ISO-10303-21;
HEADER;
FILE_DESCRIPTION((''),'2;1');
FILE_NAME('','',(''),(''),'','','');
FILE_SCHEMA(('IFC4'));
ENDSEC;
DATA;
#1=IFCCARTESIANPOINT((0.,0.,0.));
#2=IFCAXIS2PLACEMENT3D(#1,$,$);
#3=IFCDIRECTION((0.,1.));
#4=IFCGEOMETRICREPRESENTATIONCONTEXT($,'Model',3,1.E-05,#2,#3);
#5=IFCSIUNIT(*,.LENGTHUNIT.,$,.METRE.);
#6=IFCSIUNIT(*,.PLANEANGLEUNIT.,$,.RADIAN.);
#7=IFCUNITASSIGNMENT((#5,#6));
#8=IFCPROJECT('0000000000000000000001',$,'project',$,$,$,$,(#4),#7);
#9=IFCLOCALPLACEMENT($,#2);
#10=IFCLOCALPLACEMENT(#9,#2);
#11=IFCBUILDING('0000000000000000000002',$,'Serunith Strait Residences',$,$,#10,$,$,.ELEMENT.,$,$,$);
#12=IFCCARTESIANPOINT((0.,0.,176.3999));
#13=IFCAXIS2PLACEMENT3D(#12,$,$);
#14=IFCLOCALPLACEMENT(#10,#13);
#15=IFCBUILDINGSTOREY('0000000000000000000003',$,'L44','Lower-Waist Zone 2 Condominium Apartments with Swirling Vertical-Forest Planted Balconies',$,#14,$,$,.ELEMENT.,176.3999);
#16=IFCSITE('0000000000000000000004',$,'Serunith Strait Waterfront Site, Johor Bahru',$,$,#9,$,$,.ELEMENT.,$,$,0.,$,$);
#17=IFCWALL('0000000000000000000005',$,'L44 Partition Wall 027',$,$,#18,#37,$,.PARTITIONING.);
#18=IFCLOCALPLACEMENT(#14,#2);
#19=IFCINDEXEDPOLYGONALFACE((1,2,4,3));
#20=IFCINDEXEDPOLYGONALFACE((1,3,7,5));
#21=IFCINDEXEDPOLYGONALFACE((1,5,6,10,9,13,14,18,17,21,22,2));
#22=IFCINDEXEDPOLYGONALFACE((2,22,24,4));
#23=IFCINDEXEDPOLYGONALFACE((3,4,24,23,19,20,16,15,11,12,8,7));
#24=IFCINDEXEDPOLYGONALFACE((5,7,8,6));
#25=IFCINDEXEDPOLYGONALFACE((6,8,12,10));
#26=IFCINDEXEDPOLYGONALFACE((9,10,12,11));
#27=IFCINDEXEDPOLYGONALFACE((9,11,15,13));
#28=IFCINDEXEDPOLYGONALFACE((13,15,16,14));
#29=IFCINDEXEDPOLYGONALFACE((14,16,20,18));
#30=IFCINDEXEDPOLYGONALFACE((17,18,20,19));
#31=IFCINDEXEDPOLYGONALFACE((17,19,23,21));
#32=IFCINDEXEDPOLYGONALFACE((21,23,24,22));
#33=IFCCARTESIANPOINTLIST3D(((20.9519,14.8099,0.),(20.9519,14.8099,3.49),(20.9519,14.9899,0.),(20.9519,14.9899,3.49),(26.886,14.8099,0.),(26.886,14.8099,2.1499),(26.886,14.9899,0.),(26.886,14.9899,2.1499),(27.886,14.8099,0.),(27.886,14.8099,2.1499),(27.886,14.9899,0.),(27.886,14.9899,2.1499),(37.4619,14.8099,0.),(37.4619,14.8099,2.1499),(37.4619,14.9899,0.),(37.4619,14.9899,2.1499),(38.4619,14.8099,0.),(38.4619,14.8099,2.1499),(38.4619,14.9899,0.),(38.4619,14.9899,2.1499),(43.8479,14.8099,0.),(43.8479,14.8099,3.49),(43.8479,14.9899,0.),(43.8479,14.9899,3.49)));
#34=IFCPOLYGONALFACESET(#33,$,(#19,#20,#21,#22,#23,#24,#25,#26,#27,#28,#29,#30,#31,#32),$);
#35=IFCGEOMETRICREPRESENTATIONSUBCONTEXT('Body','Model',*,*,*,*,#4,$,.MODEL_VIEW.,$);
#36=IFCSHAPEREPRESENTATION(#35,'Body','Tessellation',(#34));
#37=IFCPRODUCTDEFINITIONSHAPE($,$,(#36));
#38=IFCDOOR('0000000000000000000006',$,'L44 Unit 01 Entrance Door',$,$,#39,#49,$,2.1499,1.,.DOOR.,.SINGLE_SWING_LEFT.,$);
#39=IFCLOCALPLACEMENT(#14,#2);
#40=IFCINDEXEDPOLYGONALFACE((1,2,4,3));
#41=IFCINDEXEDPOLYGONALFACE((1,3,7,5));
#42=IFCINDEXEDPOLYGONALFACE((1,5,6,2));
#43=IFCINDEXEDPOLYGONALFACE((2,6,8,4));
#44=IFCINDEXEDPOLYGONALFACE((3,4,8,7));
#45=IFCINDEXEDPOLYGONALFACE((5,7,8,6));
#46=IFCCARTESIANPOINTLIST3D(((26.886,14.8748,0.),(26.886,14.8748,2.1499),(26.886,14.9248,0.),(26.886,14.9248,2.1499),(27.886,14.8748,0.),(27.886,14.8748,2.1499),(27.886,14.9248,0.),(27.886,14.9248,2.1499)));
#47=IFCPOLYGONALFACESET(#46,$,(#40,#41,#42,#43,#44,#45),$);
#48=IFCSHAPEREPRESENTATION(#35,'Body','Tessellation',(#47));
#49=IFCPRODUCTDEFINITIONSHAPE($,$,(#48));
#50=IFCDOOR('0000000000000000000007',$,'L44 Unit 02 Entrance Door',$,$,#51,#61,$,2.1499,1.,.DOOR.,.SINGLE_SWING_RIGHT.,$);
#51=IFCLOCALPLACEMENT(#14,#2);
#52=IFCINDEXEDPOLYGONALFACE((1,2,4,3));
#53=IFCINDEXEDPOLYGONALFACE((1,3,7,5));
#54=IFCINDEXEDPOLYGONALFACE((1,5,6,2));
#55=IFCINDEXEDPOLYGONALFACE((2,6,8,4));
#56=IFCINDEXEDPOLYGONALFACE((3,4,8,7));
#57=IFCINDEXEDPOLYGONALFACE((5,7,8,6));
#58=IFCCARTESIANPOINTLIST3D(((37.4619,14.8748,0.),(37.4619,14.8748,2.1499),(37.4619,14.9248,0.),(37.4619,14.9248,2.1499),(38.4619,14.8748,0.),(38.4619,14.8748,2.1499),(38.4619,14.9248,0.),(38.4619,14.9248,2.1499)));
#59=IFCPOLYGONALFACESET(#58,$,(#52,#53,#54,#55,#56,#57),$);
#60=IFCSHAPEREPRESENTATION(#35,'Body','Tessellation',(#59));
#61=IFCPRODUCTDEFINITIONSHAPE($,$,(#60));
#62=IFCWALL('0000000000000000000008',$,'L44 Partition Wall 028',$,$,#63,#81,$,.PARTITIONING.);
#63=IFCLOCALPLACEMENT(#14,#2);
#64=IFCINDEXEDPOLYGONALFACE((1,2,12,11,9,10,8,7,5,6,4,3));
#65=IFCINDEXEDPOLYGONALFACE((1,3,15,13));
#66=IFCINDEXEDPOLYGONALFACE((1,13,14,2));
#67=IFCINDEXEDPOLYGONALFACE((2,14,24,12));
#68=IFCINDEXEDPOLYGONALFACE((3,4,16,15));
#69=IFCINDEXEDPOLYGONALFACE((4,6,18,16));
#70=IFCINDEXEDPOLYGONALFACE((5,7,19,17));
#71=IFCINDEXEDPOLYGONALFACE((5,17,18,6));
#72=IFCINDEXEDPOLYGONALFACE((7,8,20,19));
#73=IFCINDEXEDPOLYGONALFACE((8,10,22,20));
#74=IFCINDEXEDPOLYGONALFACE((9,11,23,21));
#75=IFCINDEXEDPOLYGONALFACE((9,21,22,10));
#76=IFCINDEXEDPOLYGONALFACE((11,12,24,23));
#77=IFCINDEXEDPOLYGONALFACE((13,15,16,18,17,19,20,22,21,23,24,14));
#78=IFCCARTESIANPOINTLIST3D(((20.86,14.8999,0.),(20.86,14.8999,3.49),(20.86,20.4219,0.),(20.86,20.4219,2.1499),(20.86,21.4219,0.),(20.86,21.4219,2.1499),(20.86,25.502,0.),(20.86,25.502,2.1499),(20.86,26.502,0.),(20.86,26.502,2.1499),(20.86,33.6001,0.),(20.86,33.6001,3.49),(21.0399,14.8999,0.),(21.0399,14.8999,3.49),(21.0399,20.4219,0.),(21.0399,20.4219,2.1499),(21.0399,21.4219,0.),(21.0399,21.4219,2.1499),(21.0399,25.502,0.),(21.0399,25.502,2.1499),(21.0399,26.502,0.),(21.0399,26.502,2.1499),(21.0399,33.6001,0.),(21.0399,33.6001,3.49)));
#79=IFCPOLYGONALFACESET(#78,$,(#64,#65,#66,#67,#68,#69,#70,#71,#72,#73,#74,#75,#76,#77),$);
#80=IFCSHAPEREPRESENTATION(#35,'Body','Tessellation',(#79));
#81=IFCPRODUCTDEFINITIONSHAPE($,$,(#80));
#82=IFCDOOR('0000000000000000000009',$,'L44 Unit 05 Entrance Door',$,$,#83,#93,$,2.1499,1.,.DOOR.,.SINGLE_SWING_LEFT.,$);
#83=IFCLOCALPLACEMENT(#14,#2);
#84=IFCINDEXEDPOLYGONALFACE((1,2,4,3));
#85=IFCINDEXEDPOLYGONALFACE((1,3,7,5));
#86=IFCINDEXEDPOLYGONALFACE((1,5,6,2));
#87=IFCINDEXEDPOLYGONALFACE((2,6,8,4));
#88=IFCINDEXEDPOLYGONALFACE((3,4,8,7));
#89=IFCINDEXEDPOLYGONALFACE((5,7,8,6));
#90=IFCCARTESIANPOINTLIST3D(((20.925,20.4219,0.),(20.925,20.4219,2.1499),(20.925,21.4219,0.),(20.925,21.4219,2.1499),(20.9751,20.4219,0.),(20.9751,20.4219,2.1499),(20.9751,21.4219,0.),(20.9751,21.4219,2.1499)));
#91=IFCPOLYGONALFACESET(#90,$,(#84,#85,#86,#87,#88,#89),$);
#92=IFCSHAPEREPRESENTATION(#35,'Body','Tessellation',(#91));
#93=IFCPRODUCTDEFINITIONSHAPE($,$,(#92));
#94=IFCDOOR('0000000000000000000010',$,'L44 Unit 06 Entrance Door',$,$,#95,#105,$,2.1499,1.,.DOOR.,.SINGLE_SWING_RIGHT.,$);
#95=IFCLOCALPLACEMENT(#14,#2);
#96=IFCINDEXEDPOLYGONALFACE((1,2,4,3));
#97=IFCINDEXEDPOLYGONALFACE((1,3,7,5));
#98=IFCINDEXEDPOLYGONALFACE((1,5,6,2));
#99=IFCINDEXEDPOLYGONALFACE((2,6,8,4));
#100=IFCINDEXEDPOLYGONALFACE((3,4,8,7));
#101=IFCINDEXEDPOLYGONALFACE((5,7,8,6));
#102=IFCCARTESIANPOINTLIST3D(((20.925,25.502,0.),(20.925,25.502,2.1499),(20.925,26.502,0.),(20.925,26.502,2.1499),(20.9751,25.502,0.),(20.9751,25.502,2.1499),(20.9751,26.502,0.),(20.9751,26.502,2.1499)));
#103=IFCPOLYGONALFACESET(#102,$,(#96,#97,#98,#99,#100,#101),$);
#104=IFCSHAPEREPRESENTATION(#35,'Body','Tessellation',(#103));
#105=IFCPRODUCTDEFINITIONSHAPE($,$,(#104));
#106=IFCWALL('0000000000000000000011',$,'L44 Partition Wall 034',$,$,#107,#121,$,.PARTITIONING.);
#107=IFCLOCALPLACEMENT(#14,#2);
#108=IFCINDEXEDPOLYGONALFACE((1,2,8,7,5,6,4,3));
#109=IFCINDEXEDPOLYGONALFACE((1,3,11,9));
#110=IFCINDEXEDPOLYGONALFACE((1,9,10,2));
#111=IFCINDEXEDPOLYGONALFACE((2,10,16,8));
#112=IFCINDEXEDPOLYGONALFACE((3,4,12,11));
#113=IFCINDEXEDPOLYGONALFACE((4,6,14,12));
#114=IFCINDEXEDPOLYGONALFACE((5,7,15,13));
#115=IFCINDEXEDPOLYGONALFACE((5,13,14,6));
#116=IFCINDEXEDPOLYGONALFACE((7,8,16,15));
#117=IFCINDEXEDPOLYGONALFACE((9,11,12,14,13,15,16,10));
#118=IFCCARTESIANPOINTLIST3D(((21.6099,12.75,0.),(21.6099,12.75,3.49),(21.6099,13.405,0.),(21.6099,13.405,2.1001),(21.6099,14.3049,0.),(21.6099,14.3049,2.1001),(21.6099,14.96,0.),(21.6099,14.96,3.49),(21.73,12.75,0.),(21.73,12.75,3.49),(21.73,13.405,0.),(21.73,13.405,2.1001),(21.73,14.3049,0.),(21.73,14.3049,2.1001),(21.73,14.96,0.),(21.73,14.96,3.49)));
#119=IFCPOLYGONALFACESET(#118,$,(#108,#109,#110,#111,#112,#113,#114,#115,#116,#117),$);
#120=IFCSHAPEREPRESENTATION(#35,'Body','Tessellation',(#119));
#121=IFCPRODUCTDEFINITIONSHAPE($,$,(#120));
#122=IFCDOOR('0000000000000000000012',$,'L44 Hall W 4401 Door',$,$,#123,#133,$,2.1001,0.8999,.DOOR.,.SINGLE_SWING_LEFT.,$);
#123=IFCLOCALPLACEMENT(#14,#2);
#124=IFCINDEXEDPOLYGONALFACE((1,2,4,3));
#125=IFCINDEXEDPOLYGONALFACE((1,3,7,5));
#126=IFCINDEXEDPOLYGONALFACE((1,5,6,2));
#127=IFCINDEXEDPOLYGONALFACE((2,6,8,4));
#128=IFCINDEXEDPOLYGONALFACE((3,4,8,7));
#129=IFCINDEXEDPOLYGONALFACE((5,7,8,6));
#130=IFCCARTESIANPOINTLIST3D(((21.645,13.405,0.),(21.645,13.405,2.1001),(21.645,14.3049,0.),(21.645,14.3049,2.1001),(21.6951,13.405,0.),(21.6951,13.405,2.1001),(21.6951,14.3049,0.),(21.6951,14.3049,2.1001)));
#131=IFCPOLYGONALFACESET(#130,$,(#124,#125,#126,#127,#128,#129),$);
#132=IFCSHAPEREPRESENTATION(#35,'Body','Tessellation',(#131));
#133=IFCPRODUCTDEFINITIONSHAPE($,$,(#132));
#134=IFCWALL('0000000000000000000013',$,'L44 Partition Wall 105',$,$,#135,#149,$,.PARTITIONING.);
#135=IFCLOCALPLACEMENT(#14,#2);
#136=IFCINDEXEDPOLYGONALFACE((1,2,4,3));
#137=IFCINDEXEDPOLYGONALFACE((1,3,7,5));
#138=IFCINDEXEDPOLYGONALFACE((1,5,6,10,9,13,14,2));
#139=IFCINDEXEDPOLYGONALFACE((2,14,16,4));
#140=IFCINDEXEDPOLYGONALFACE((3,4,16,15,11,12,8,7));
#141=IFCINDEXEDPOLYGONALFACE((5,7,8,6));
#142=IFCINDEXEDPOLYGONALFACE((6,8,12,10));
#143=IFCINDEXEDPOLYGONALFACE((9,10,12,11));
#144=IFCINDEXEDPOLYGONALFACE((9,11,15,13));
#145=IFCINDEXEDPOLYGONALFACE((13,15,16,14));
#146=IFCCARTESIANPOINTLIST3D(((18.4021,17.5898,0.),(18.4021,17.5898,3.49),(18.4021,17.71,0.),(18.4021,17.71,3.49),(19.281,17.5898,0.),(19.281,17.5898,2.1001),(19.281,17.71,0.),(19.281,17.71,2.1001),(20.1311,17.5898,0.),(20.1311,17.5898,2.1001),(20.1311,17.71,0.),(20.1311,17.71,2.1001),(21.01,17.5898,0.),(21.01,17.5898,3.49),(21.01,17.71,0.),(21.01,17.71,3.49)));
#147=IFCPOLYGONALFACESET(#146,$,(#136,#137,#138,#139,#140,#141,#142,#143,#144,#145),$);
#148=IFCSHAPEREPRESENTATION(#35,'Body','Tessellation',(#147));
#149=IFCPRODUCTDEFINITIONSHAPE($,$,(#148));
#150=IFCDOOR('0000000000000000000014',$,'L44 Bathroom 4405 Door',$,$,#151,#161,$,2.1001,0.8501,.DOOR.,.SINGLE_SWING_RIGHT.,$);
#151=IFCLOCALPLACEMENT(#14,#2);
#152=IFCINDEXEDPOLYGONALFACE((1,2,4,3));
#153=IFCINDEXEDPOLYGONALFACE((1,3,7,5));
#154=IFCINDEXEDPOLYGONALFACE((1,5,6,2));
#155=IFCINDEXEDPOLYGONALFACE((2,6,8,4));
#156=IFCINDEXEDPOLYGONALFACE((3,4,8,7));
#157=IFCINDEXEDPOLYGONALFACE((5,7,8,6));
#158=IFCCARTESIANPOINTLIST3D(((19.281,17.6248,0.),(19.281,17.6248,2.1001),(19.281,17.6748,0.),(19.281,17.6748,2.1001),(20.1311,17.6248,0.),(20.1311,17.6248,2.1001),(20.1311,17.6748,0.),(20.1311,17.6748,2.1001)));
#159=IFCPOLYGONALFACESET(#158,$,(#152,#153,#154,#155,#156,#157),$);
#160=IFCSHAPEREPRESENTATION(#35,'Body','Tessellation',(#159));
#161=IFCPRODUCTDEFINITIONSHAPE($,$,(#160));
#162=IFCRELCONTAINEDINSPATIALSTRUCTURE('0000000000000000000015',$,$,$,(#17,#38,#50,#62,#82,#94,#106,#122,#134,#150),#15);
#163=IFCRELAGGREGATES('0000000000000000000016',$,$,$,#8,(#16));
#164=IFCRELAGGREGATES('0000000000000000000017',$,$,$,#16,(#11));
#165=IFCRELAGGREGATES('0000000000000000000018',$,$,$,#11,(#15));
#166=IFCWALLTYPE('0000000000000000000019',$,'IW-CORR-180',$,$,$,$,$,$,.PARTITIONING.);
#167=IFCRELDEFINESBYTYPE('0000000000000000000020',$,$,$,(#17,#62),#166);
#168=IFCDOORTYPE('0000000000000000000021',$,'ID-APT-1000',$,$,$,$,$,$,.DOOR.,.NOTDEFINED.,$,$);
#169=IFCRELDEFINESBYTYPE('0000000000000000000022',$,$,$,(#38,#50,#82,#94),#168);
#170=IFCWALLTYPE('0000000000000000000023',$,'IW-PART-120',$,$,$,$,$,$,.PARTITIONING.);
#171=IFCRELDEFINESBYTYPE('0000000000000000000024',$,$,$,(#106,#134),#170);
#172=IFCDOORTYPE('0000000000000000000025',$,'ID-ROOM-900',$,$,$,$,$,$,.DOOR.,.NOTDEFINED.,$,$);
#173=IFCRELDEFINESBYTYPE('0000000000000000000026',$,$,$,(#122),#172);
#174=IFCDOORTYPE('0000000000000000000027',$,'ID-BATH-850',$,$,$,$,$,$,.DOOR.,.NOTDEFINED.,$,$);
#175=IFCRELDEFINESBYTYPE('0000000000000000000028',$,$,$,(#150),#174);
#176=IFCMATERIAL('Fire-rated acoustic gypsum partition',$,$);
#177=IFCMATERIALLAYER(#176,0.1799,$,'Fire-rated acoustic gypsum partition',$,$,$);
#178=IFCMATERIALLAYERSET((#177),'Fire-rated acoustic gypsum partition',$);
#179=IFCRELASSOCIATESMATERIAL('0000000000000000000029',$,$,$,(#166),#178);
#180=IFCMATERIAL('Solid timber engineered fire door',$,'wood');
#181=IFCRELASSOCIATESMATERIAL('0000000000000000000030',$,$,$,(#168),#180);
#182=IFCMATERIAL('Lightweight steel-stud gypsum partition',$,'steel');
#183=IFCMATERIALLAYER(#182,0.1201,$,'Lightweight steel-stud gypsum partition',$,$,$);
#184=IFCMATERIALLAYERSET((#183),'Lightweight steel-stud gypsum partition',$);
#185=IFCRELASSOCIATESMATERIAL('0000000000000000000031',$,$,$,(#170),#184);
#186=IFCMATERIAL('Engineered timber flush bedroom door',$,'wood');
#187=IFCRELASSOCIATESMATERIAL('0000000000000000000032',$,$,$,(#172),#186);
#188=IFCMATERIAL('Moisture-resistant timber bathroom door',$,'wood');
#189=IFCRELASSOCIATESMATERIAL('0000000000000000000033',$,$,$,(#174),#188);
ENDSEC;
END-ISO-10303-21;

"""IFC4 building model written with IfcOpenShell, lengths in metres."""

from ifc_helpers import new_model, si_unit, direction, frame, frame_2d, origin, place, context, subcontext, project, spatial, rectangle, extrude, source, transform, mapped, material, layer, layer_set, type_object, element, fill, save


model = new_model("IFC4")

# Units and contexts
model_context = context("Model", 3, precision=1e-05, world=origin(), true_north=direction((0.0, 1.0)))
body_context = subcontext(model_context, "Body", "Model", "MODEL_VIEW")
ifc_project = project(units=[si_unit("LENGTHUNIT", "METRE"), si_unit("PLANEANGLEUNIT", "RADIAN")], contexts=[model_context])

# Site, building, storey
site_placement = place(None, origin())
site = spatial("IfcSite", under=ifc_project, at=site_placement, Name="Serunith Strait Waterfront Site, Johor Bahru", CompositionType="ELEMENT", RefElevation=0.0)
building_placement = place(site_placement, origin())
building = spatial("IfcBuilding", under=site, at=building_placement, Name="Serunith Strait Residences", CompositionType="ELEMENT")
storey_placement = place(building_placement, frame((0.0, 0.0, 176.3999)))
storey = spatial("IfcBuildingStorey", under=building, at=storey_placement, Name="L44", Description="Lower-Waist Zone 2 Condominium Apartments with Swirling Vertical-Forest Planted Balconies", CompositionType="ELEMENT", Elevation=176.3999)

# Walls, openings, doors
ifc_material_1 = material(Name="Fire-rated acoustic gypsum partition")
ifc_layer_1 = layer(ifc_material_1, 0.1799, Name="Fire-rated acoustic gypsum partition")
ifc_layer_set_1 = layer_set([ifc_layer_1], Name="Fire-rated acoustic gypsum partition")
wall_type_1 = type_object("IfcWallType", Name="IW-CORR-180", PredefinedType="PARTITIONING", material=ifc_layer_set_1)
wall_1_placement = place(storey_placement, frame((20.9519, 14.8999, 0.0), z_axis=(0.0, 0.0, 1.0), x_axis=(1.0, 0.0, 0.0)))
wall_1 = element("IfcWall", 1, at=wall_1_placement, inside=storey, type_object=wall_type_1, Name="L44 Partition Wall 027", PredefinedType="PARTITIONING", context=body_context, shape_type="SweptSolid", body=[
    extrude(rectangle(XDim=22.896, YDim=0.1799, at=frame_2d((11.448, 0.0))), origin(), (0.0, 0.0, 1.0), 3.49),
])
opening_1_placement = place(wall_1_placement, frame((5.9341, 0.0, 0.0)))
opening_1 = element("IfcOpeningElement", 2, at=opening_1_placement, cuts=wall_1, PredefinedType="OPENING", context=body_context, shape_type="SweptSolid", body=[
    extrude(rectangle(XDim=1.0, YDim=2.1499, at=frame_2d((0.5, 1.075))), frame((0.0, 0.1001, 0.0), z_axis=(0.0, -1.0, 0.0), x_axis=(1.0, 0.0, 0.0)), (0.0, 0.0, 1.0), 0.2),
])
opening_2_placement = place(wall_1_placement, frame((16.51, 0.0, 0.0)))
opening_2 = element("IfcOpeningElement", 3, at=opening_2_placement, cuts=wall_1, PredefinedType="OPENING", context=body_context, shape_type="SweptSolid", body=[
    extrude(rectangle(XDim=1.0, YDim=2.1499, at=frame_2d((0.5, 1.075))), frame((0.0, 0.1001, 0.0), z_axis=(0.0, -1.0, 0.0), x_axis=(1.0, 0.0, 0.0)), (0.0, 0.0, 1.0), 0.2),
])
ifc_material_2 = material(Name="Solid timber engineered fire door", Category="wood")
door_type_1 = type_object("IfcDoorType", Name="ID-APT-1000", OperationType="NOTDEFINED", PredefinedType="DOOR", material=ifc_material_2)
shared_shape_1 = source(origin(), body_context, "Body", "SweptSolid", [
    extrude(rectangle(XDim=1.0, YDim=2.1499, at=frame_2d((0.5, 1.075))), frame((0.0, 0.0249, 0.0), z_axis=(0.0, -1.0, 0.0), x_axis=(1.0, 0.0, 0.0)), (0.0, 0.0, 1.0), 0.05),
])
door_1_placement = place(opening_1_placement, origin())
door_1 = element("IfcDoor", 4, at=door_1_placement, inside=storey, type_object=door_type_1, Name="L44 Unit 01 Entrance Door", OperationType="SINGLE_SWING_LEFT", OverallHeight=2.1499, OverallWidth=1.0, PredefinedType="DOOR", context=body_context, shape_type="MappedRepresentation", body=[
    mapped(shared_shape_1, transform((0.0, 0.0, 0.0), scale=1.0)),
])
fill(opening_1, door_1)
door_2_placement = place(opening_2_placement, origin())
door_2 = element("IfcDoor", 5, at=door_2_placement, inside=storey, type_object=door_type_1, Name="L44 Unit 02 Entrance Door", OperationType="SINGLE_SWING_RIGHT", OverallHeight=2.1499, OverallWidth=1.0, PredefinedType="DOOR", context=body_context, shape_type="MappedRepresentation", body=[
    mapped(shared_shape_1, transform((0.0, 0.0, 0.0), scale=1.0)),
])
fill(opening_2, door_2)
wall_2_placement = place(storey_placement, frame((20.95, 14.8999, 0.0), z_axis=(0.0, 0.0, 1.0), x_axis=(0.0, 1.0, 0.0)))
wall_2 = element("IfcWall", 6, at=wall_2_placement, inside=storey, type_object=wall_type_1, Name="L44 Partition Wall 028", PredefinedType="PARTITIONING", context=body_context, shape_type="SweptSolid", body=[
    extrude(rectangle(XDim=18.7002, YDim=0.1799, at=frame_2d((9.3501, 0.0))), origin(), (0.0, 0.0, 1.0), 3.49),
])
opening_3_placement = place(wall_2_placement, frame((5.522, 0.0, 0.0)))
opening_3 = element("IfcOpeningElement", 7, at=opening_3_placement, cuts=wall_2, PredefinedType="OPENING", context=body_context, shape_type="SweptSolid", body=[
    extrude(rectangle(XDim=1.0, YDim=2.1499, at=frame_2d((0.5, 1.075))), frame((0.0, 0.1001, 0.0), z_axis=(0.0, -1.0, 0.0), x_axis=(1.0, 0.0, 0.0)), (0.0, 0.0, 1.0), 0.2),
])
opening_4_placement = place(wall_2_placement, frame((10.6021, 0.0, 0.0)))
opening_4 = element("IfcOpeningElement", 8, at=opening_4_placement, cuts=wall_2, PredefinedType="OPENING", context=body_context, shape_type="SweptSolid", body=[
    extrude(rectangle(XDim=1.0, YDim=2.1499, at=frame_2d((0.5, 1.075))), frame((0.0, 0.1001, 0.0), z_axis=(0.0, -1.0, 0.0), x_axis=(1.0, 0.0, 0.0)), (0.0, 0.0, 1.0), 0.2),
])
door_3_placement = place(opening_3_placement, origin())
door_3 = element("IfcDoor", 9, at=door_3_placement, inside=storey, type_object=door_type_1, Name="L44 Unit 05 Entrance Door", OperationType="SINGLE_SWING_LEFT", OverallHeight=2.1499, OverallWidth=1.0, PredefinedType="DOOR", context=body_context, shape_type="MappedRepresentation", body=[
    mapped(shared_shape_1, transform((0.0, 0.0, 0.0), scale=1.0)),
])
fill(opening_3, door_3)
door_4_placement = place(opening_4_placement, origin())
door_4 = element("IfcDoor", 10, at=door_4_placement, inside=storey, type_object=door_type_1, Name="L44 Unit 06 Entrance Door", OperationType="SINGLE_SWING_RIGHT", OverallHeight=2.1499, OverallWidth=1.0, PredefinedType="DOOR", context=body_context, shape_type="MappedRepresentation", body=[
    mapped(shared_shape_1, transform((0.0, 0.0, 0.0), scale=1.0)),
])
fill(opening_4, door_4)

# Walls, openings, doors
ifc_material_3 = material(Name="Lightweight steel-stud gypsum partition", Category="steel")
ifc_layer_2 = layer(ifc_material_3, 0.1201, Name="Lightweight steel-stud gypsum partition")
ifc_layer_set_2 = layer_set([ifc_layer_2], Name="Lightweight steel-stud gypsum partition")
wall_type_2 = type_object("IfcWallType", Name="IW-PART-120", PredefinedType="PARTITIONING", material=ifc_layer_set_2)
wall_3_placement = place(storey_placement, frame((21.6699, 12.75, 0.0), z_axis=(0.0, 0.0, 1.0), x_axis=(0.0, 1.0, 0.0)))
wall_3 = element("IfcWall", 11, at=wall_3_placement, inside=storey, type_object=wall_type_2, Name="L44 Partition Wall 034", PredefinedType="PARTITIONING", context=body_context, shape_type="SweptSolid", body=[
    extrude(rectangle(XDim=2.21, YDim=0.1201, at=frame_2d((1.105, 0.0))), origin(), (0.0, 0.0, 1.0), 3.49),
])
opening_5_placement = place(wall_3_placement, frame((0.655, 0.0, 0.0)))
opening_5 = element("IfcOpeningElement", 12, at=opening_5_placement, cuts=wall_3, PredefinedType="OPENING", context=body_context, shape_type="SweptSolid", body=[
    extrude(rectangle(XDim=0.8999, YDim=2.1001, at=frame_2d((0.45, 1.05))), frame((0.0, 0.0701, 0.0), z_axis=(0.0, -1.0, 0.0), x_axis=(1.0, 0.0, 0.0)), (0.0, 0.0, 1.0), 0.1401),
])
ifc_material_4 = material(Name="Engineered timber flush bedroom door", Category="wood")
door_type_2 = type_object("IfcDoorType", Name="ID-ROOM-900", OperationType="NOTDEFINED", PredefinedType="DOOR", material=ifc_material_4)
shared_shape_2 = source(origin(), body_context, "Body", "SweptSolid", [
    extrude(rectangle(XDim=0.8999, YDim=2.1001, at=frame_2d((0.45, 1.05))), frame((0.0, 0.0249, 0.0), z_axis=(0.0, -1.0, 0.0), x_axis=(1.0, 0.0, 0.0)), (0.0, 0.0, 1.0), 0.05),
])
door_5_placement = place(opening_5_placement, origin())
door_5 = element("IfcDoor", 13, at=door_5_placement, inside=storey, type_object=door_type_2, Name="L44 Hall W 4401 Door", OperationType="SINGLE_SWING_LEFT", OverallHeight=2.1001, OverallWidth=0.8999, PredefinedType="DOOR", context=body_context, shape_type="MappedRepresentation", body=[
    mapped(shared_shape_2, transform((0.0, 0.0, 0.0), scale=1.0)),
])
fill(opening_5, door_5)
wall_4_placement = place(storey_placement, frame((18.4021, 17.6499, 0.0), z_axis=(0.0, 0.0, 1.0), x_axis=(1.0, 0.0, 0.0)))
wall_4 = element("IfcWall", 14, at=wall_4_placement, inside=storey, type_object=wall_type_2, Name="L44 Partition Wall 105", PredefinedType="PARTITIONING", context=body_context, shape_type="SweptSolid", body=[
    extrude(rectangle(XDim=2.6079, YDim=0.1201, at=frame_2d((1.304, 0.0))), origin(), (0.0, 0.0, 1.0), 3.49),
])
opening_6_placement = place(wall_4_placement, frame((0.8789, 0.0, 0.0)))
opening_6 = element("IfcOpeningElement", 15, at=opening_6_placement, cuts=wall_4, PredefinedType="OPENING", context=body_context, shape_type="SweptSolid", body=[
    extrude(rectangle(XDim=0.8501, YDim=2.1001, at=frame_2d((0.425, 1.05))), frame((0.0, 0.0701, 0.0), z_axis=(0.0, -1.0, 0.0), x_axis=(1.0, 0.0, 0.0)), (0.0, 0.0, 1.0), 0.1401),
])
ifc_material_5 = material(Name="Moisture-resistant timber bathroom door", Category="wood")
door_type_3 = type_object("IfcDoorType", Name="ID-BATH-850", OperationType="NOTDEFINED", PredefinedType="DOOR", material=ifc_material_5)
shared_shape_3 = source(origin(), body_context, "Body", "SweptSolid", [
    extrude(rectangle(XDim=0.8501, YDim=2.1001, at=frame_2d((0.425, 1.05))), frame((0.0, 0.0249, 0.0), z_axis=(0.0, -1.0, 0.0), x_axis=(1.0, 0.0, 0.0)), (0.0, 0.0, 1.0), 0.05),
])
door_6_placement = place(opening_6_placement, origin())
door_6 = element("IfcDoor", 16, at=door_6_placement, inside=storey, type_object=door_type_3, Name="L44 Bathroom 4405 Door", OperationType="SINGLE_SWING_RIGHT", OverallHeight=2.1001, OverallWidth=0.8501, PredefinedType="DOOR", context=body_context, shape_type="MappedRepresentation", body=[
    mapped(shared_shape_3, transform((0.0, 0.0, 0.0), scale=1.0)),
])
fill(opening_6, door_6)

save(model, "model.ifc")
